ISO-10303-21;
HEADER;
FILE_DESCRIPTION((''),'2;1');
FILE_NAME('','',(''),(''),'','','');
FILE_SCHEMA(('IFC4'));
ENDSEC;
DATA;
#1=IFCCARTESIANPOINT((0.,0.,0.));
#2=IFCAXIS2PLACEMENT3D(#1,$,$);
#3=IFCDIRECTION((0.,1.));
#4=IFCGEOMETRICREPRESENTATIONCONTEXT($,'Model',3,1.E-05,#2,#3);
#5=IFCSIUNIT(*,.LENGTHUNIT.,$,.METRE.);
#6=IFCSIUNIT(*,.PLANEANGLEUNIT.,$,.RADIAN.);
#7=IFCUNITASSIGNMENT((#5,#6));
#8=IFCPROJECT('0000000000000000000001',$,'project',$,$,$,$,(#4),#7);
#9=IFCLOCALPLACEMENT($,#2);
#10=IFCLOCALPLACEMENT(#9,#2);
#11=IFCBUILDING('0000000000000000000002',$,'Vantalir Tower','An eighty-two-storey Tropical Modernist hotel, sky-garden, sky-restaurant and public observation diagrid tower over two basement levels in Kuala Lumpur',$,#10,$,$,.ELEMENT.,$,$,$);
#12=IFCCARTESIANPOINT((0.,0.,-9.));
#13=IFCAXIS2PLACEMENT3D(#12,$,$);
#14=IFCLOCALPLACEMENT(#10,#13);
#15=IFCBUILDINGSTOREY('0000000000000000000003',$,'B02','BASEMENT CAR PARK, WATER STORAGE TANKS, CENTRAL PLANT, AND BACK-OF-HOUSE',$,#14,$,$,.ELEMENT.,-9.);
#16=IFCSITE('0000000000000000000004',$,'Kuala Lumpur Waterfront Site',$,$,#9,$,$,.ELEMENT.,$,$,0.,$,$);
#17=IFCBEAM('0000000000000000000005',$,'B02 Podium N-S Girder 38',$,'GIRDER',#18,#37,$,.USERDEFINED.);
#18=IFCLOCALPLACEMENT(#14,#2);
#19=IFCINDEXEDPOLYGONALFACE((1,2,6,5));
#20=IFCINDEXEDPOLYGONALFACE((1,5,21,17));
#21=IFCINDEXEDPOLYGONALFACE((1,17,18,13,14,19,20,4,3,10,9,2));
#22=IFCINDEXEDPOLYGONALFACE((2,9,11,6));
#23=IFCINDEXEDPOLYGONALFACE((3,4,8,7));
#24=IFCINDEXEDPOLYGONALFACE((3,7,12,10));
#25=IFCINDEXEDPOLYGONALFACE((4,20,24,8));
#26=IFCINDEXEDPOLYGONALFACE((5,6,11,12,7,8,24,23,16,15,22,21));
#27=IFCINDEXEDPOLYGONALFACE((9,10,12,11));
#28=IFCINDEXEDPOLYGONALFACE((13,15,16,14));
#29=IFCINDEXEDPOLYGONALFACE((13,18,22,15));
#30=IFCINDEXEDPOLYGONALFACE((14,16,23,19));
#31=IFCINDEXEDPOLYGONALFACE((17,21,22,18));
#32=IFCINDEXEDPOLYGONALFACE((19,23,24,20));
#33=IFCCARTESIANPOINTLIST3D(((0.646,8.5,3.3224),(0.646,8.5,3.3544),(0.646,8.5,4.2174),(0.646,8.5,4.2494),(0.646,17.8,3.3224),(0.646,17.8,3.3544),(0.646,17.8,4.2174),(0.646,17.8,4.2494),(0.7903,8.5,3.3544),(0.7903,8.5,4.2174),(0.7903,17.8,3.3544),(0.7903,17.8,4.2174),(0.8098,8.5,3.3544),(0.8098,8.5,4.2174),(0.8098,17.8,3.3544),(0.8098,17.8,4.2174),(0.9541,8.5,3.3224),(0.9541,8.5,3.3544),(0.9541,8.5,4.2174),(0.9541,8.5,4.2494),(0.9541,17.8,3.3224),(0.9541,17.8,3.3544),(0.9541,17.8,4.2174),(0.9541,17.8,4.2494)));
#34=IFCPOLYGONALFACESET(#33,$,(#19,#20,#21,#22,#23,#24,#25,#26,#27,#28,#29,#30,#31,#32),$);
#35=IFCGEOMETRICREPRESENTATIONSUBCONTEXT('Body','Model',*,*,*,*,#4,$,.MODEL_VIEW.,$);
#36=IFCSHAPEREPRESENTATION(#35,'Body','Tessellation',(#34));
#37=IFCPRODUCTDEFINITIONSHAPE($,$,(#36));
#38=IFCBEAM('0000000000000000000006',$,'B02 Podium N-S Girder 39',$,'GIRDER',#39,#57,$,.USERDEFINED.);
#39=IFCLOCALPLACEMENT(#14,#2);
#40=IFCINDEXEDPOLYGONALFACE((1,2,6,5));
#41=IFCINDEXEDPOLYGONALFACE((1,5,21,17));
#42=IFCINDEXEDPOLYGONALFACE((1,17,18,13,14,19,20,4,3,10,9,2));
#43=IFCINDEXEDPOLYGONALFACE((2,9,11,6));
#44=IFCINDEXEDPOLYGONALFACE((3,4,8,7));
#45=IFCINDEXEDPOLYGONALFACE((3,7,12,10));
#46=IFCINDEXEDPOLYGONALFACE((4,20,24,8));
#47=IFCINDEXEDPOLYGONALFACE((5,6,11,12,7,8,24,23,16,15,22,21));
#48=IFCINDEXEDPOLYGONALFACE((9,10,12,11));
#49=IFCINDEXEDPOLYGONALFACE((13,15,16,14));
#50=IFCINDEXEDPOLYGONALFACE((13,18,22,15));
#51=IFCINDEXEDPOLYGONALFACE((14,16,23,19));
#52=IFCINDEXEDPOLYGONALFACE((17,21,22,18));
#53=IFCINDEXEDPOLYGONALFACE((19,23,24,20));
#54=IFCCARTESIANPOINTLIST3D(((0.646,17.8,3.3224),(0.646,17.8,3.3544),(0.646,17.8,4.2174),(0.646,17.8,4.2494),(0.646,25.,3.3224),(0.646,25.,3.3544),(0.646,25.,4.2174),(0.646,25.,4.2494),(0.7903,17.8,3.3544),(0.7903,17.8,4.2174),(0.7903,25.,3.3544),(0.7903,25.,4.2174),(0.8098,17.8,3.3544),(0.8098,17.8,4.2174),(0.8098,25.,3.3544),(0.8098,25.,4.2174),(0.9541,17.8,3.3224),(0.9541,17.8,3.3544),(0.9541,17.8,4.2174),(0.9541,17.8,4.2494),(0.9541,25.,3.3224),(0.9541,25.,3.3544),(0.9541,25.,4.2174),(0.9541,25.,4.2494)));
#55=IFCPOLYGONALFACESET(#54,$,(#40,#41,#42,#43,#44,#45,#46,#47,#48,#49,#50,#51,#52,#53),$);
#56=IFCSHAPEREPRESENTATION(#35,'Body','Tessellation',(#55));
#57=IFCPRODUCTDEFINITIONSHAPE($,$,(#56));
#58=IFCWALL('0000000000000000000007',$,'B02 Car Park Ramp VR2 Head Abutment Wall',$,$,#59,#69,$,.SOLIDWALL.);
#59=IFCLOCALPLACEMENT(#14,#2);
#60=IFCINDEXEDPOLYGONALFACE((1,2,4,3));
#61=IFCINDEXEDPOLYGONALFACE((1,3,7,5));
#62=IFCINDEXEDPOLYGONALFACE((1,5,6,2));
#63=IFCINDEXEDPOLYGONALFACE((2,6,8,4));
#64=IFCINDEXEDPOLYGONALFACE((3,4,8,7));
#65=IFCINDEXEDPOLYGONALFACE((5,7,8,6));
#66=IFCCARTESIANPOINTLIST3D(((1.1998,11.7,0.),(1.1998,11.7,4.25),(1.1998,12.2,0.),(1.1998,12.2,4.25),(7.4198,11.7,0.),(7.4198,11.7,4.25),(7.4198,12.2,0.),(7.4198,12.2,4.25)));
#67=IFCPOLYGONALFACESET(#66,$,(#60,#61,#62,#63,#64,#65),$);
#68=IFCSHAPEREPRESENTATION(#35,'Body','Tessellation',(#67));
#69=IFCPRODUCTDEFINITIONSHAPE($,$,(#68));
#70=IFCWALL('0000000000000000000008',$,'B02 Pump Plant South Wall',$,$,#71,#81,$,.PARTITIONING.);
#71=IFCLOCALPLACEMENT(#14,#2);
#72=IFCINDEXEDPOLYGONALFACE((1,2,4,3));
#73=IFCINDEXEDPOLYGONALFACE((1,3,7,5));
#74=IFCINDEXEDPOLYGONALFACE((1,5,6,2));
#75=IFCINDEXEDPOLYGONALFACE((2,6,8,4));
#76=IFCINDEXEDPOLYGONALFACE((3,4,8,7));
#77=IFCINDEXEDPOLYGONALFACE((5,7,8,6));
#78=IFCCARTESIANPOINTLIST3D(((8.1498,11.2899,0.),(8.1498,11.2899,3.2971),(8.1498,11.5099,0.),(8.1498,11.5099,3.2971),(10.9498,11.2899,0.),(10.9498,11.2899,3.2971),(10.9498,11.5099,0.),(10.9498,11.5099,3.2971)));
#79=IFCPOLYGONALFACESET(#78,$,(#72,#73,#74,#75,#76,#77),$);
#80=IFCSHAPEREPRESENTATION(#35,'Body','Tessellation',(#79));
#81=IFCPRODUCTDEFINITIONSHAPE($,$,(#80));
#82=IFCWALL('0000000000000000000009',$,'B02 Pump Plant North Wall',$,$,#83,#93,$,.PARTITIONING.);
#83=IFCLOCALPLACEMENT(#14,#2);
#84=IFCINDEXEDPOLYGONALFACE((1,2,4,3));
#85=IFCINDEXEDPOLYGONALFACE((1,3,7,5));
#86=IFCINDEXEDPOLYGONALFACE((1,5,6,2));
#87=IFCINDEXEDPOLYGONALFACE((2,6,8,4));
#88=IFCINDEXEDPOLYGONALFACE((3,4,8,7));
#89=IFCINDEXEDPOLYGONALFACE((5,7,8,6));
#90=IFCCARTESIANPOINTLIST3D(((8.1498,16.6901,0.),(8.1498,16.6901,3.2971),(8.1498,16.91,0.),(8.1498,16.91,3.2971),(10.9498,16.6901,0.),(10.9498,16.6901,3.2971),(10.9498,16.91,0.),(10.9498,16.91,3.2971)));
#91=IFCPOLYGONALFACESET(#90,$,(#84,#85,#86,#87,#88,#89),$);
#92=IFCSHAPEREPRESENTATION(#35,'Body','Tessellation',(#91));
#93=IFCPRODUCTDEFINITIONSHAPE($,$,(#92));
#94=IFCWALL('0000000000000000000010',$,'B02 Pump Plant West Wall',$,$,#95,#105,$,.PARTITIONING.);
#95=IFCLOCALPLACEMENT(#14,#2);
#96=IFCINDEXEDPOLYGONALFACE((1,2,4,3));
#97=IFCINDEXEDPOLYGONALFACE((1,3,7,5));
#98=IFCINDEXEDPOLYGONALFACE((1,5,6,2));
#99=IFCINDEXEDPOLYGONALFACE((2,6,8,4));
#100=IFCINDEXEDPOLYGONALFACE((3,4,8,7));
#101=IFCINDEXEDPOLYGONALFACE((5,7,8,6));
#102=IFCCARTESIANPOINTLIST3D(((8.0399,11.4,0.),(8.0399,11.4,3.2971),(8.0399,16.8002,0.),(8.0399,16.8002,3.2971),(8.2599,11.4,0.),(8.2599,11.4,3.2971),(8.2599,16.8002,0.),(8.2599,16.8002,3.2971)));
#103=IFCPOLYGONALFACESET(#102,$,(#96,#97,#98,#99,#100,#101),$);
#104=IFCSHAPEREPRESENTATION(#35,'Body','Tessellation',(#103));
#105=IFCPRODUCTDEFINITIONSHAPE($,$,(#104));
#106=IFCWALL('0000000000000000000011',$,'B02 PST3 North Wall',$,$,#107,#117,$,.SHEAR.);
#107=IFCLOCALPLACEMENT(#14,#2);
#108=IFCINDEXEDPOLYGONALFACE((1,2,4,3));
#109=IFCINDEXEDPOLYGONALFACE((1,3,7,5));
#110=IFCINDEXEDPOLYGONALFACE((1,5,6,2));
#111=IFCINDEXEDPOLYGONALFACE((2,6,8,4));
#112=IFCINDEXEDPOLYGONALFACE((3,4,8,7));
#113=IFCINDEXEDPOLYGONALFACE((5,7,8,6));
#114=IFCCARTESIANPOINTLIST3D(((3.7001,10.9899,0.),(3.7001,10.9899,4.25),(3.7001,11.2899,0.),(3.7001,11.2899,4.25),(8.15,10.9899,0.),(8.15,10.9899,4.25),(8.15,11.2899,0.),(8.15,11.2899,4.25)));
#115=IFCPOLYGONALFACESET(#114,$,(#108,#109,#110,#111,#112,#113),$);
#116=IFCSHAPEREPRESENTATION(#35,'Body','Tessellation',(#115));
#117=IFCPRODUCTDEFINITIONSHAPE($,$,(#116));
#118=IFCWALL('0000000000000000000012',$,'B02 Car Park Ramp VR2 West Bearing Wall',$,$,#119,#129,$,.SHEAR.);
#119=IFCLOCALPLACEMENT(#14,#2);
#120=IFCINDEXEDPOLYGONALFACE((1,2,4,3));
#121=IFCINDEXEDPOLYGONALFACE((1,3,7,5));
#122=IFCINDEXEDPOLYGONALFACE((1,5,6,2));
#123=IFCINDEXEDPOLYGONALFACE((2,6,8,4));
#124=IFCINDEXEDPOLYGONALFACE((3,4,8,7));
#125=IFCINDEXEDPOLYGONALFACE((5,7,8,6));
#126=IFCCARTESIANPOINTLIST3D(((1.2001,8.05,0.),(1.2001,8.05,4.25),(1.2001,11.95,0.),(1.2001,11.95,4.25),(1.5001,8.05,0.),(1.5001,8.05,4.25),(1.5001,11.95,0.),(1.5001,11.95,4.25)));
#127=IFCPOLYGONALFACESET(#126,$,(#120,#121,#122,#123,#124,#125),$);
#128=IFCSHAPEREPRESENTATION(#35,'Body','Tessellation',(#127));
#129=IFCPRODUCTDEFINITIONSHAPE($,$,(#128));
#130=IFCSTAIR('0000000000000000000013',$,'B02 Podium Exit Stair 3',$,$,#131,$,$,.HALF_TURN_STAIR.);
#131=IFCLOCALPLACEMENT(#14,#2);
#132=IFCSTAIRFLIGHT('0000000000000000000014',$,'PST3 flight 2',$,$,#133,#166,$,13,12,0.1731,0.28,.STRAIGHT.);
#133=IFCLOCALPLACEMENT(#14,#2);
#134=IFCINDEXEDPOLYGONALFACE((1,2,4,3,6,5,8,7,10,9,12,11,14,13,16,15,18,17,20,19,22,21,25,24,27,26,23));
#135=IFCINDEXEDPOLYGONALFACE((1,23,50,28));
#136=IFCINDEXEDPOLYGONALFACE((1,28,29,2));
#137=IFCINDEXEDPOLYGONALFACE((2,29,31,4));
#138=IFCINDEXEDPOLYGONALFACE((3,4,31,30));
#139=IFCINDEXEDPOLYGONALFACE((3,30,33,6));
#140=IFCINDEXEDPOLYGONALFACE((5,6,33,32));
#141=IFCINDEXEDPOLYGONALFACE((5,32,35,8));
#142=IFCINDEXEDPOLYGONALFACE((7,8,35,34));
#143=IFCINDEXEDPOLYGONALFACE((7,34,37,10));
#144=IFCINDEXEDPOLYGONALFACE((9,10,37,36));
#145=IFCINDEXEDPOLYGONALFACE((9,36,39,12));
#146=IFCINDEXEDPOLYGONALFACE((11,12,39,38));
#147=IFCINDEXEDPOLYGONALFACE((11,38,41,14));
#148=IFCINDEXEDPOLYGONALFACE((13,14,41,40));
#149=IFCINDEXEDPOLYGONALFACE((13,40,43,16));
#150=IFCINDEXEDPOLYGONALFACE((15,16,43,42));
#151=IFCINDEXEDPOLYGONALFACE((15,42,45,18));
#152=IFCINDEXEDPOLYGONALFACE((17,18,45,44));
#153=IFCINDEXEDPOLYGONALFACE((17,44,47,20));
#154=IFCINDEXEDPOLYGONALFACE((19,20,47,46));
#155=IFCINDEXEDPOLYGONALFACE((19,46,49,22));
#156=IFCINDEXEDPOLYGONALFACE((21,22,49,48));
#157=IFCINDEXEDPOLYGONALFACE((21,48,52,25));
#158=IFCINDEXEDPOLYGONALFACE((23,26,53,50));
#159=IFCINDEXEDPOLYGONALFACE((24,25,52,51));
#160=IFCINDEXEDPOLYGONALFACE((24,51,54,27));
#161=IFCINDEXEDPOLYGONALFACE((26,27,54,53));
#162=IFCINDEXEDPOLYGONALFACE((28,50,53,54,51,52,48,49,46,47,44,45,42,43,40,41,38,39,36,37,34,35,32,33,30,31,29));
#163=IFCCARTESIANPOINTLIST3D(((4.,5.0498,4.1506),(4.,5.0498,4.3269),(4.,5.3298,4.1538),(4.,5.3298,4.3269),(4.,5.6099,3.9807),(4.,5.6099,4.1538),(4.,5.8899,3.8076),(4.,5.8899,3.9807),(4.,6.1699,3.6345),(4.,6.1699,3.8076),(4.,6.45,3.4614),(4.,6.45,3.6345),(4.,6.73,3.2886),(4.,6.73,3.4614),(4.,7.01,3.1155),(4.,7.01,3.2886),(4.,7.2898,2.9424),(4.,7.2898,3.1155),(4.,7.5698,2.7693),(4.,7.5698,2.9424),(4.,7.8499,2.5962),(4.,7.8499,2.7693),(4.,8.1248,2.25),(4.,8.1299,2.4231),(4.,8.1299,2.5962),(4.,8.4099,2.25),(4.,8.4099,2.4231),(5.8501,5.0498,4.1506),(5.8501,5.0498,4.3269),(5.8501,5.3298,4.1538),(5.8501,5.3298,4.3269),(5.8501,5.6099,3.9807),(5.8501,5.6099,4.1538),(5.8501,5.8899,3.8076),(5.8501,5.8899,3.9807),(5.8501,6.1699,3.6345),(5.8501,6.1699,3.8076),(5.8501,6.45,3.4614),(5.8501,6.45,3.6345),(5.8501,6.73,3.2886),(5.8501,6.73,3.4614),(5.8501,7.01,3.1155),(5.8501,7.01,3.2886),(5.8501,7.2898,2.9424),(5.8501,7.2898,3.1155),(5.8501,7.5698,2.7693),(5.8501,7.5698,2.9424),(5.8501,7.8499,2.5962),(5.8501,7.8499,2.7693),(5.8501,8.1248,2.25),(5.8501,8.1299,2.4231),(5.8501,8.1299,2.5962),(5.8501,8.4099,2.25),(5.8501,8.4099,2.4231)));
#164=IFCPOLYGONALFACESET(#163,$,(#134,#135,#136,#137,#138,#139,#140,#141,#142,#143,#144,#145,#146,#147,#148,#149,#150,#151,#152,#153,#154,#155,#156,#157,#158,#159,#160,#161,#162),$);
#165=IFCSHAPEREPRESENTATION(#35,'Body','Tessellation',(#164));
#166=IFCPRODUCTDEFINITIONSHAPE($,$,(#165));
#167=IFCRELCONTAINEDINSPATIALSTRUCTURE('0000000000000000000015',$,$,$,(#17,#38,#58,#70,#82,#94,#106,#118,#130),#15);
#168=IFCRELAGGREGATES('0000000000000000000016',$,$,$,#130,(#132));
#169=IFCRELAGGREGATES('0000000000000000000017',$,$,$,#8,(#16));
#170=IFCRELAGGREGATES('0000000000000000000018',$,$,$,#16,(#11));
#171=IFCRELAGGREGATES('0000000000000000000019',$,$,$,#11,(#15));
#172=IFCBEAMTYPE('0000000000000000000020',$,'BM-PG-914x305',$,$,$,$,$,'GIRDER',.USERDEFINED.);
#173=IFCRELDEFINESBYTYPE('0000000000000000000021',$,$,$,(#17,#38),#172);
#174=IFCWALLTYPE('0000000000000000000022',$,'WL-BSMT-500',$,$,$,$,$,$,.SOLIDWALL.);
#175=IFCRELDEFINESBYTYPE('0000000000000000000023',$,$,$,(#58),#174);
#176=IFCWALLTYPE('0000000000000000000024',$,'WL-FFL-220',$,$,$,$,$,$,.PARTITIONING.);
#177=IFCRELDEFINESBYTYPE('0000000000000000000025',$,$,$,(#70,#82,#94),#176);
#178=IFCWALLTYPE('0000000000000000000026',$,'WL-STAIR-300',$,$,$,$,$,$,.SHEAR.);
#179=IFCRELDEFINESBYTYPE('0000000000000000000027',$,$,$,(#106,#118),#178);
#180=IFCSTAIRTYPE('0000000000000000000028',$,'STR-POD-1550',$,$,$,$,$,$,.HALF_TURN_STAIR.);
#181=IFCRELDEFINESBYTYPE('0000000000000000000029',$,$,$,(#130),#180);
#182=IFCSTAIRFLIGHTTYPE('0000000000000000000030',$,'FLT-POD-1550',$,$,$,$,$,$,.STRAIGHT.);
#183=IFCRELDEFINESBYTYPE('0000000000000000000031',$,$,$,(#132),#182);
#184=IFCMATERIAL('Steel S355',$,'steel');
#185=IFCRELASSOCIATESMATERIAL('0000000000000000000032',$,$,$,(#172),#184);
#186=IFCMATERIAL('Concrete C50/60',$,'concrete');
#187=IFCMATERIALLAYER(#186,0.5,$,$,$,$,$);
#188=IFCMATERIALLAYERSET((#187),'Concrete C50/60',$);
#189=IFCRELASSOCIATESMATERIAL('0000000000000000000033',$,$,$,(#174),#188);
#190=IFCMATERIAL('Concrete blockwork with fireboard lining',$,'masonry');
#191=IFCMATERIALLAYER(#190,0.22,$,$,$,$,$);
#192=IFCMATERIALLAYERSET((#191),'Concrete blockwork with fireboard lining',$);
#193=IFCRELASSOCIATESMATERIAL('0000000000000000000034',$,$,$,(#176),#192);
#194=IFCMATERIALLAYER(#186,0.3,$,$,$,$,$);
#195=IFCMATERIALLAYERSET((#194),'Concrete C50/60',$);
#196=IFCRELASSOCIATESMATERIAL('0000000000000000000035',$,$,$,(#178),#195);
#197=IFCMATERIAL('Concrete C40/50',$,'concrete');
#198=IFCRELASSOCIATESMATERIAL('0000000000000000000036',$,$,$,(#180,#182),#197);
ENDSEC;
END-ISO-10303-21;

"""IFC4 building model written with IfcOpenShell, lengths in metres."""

from ifc_helpers import new_model, si_unit, direction, frame, frame_2d, origin, origin_2d, place, context, subcontext, project, spatial, polyline, rectangle, i_section, outline, extrude, material, layer, layer_set, material_profile, profile_set, type_object, element, aggregate, save


model = new_model("IFC4")

# Units and contexts
model_context = context("Model", 3, precision=1e-05, world=origin(), true_north=direction((0.0, 1.0)))
body_context = subcontext(model_context, "Body", "Model", "MODEL_VIEW")
ifc_project = project(units=[si_unit("LENGTHUNIT", "METRE"), si_unit("PLANEANGLEUNIT", "RADIAN")], contexts=[model_context])

# Site, building, storey
site_placement = place(None, origin())
site = spatial("IfcSite", under=ifc_project, at=site_placement, Name="Kuala Lumpur Waterfront Site", CompositionType="ELEMENT", RefElevation=0.0)
building_placement = place(site_placement, origin())
building = spatial("IfcBuilding", under=site, at=building_placement, Name="Vantalir Tower", Description="An eighty-two-storey Tropical Modernist hotel, sky-garden, sky-restaurant and public observation diagrid tower over two basement levels in Kuala Lumpur", CompositionType="ELEMENT")
storey_placement = place(building_placement, frame((0.0, 0.0, -9.0)))
storey = spatial("IfcBuildingStorey", under=building, at=storey_placement, Name="B02", Description="BASEMENT CAR PARK, WATER STORAGE TANKS, CENTRAL PLANT, AND BACK-OF-HOUSE", CompositionType="ELEMENT", Elevation=-9.0)

# Shared definitions
ifc_material_1 = material(Name="Concrete C50/60", Category="concrete")

# Beams
ifc_material_2 = material(Name="Steel S355", Category="steel")
ifc_material_profile_1 = material_profile(ifc_material_2, i_section(OverallWidth=0.3081, OverallDepth=0.927, WebThickness=0.0195, FlangeThickness=0.032, at=origin_2d()), Name="Steel S355")
ifc_profile_set_1 = profile_set([ifc_material_profile_1], Name="Steel S355")
beam_type_1 = type_object("IfcBeamType", Name="BM-PG-914x305", ElementType="GIRDER", PredefinedType="USERDEFINED", material=ifc_profile_set_1)
beam_1_placement = place(storey_placement, frame((0.8, 8.5, 3.7859), z_axis=(0.0, 1.0, 0.0), x_axis=(-1.0, 0.0, 0.0)))
element("IfcBeam", 1, at=beam_1_placement, inside=storey, type_object=beam_type_1, Name="B02 Podium N-S Girder 38", ObjectType="GIRDER", PredefinedType="USERDEFINED", context=body_context, shape_type="SweptSolid", body=[
    extrude(i_section(OverallWidth=0.3081, OverallDepth=0.927, WebThickness=0.0195, FlangeThickness=0.032, at=origin_2d()), origin(), (0.0, 0.0, 1.0), 9.3),
])
beam_2_placement = place(storey_placement, frame((0.8, 17.8, 3.7859), z_axis=(0.0, 1.0, 0.0), x_axis=(-1.0, 0.0, 0.0)))
element("IfcBeam", 2, at=beam_2_placement, inside=storey, type_object=beam_type_1, Name="B02 Podium N-S Girder 39", ObjectType="GIRDER", PredefinedType="USERDEFINED", context=body_context, shape_type="SweptSolid", body=[
    extrude(i_section(OverallWidth=0.3081, OverallDepth=0.927, WebThickness=0.0195, FlangeThickness=0.032, at=origin_2d()), origin(), (0.0, 0.0, 1.0), 7.2),
])

# Walls
ifc_layer_1 = layer(ifc_material_1, 0.5)
ifc_layer_set_1 = layer_set([ifc_layer_1], Name="Concrete C50/60")
wall_type_1 = type_object("IfcWallType", Name="WL-BSMT-500", PredefinedType="SOLIDWALL", material=ifc_layer_set_1)
wall_1_placement = place(storey_placement, frame((1.2, 11.95, 0.0), z_axis=(0.0, 0.0, 1.0), x_axis=(1.0, 0.0, 0.0)))
element("IfcWall", 3, at=wall_1_placement, inside=storey, type_object=wall_type_1, Name="B02 Car Park Ramp VR2 Head Abutment Wall", PredefinedType="SOLIDWALL", context=body_context, shape_type="SweptSolid", body=[
    extrude(rectangle(XDim=6.22, YDim=0.5, at=frame_2d((3.1099, 0.0))), origin(), (0.0, 0.0, 1.0), 4.25),
])
ifc_material_3 = material(Name="Concrete blockwork with fireboard lining", Category="masonry")
ifc_layer_2 = layer(ifc_material_3, 0.22)
ifc_layer_set_2 = layer_set([ifc_layer_2], Name="Concrete blockwork with fireboard lining")
wall_type_2 = type_object("IfcWallType", Name="WL-FFL-220", PredefinedType="PARTITIONING", material=ifc_layer_set_2)
for number, where, z_axis, x_axis, name in (
    (4, (8.1499, 11.3999, 0.0), (0.0, 0.0, 1.0), (1.0, 0.0, 0.0), "B02 Pump Plant South Wall"),
    (5, (8.1499, 16.8, 0.0), (0.0, 0.0, 1.0), (1.0, 0.0, 0.0), "B02 Pump Plant North Wall"),
):
    element("IfcWall", number, at=place(storey_placement, frame(where, z_axis=z_axis, x_axis=x_axis)), inside=storey, type_object=wall_type_2, Name=name, PredefinedType="PARTITIONING", context=body_context, shape_type="SweptSolid", body=[
        extrude(rectangle(XDim=2.8, YDim=0.22, at=frame_2d((1.3999, 0.0))), origin(), (0.0, 0.0, 1.0), 3.2971),
    ])
wall_2_placement = place(storey_placement, frame((8.1499, 11.3999, 0.0), z_axis=(0.0, 0.0, 1.0), x_axis=(0.0, 1.0, 0.0)))
element("IfcWall", 6, at=wall_2_placement, inside=storey, type_object=wall_type_2, Name="B02 Pump Plant West Wall", PredefinedType="PARTITIONING", context=body_context, shape_type="SweptSolid", body=[
    extrude(rectangle(XDim=5.4001, YDim=0.22, at=frame_2d((2.7002, 0.0))), origin(), (0.0, 0.0, 1.0), 3.2971),
])
ifc_layer_3 = layer(ifc_material_1, 0.3)
ifc_layer_set_3 = layer_set([ifc_layer_3], Name="Concrete C50/60")
wall_type_3 = type_object("IfcWallType", Name="WL-STAIR-300", PredefinedType="SHEAR", material=ifc_layer_set_3)
wall_3_placement = place(storey_placement, frame((3.7, 11.1399, 0.0), z_axis=(0.0, 0.0, 1.0), x_axis=(1.0, 0.0, 0.0)))
element("IfcWall", 7, at=wall_3_placement, inside=storey, type_object=wall_type_3, Name="B02 PST3 North Wall", PredefinedType="SHEAR", context=body_context, shape_type="SweptSolid", body=[
    extrude(rectangle(XDim=4.45, YDim=0.3, at=frame_2d((2.2251, 0.0))), origin(), (0.0, 0.0, 1.0), 4.25),
])
wall_4_placement = place(storey_placement, frame((1.3501, 8.05, 0.0), z_axis=(0.0, 0.0, 1.0), x_axis=(0.0, 1.0, 0.0)))
element("IfcWall", 8, at=wall_4_placement, inside=storey, type_object=wall_type_3, Name="B02 Car Park Ramp VR2 West Bearing Wall", PredefinedType="SHEAR", context=body_context, shape_type="SweptSolid", body=[
    extrude(rectangle(XDim=3.8999, YDim=0.3, at=frame_2d((1.95, 0.0))), origin(), (0.0, 0.0, 1.0), 4.25),
])

# Stair, stair flight
ifc_material_4 = material(Name="Concrete C40/50", Category="concrete")
stair_type = type_object("IfcStairType", Name="STR-POD-1550", PredefinedType="HALF_TURN_STAIR", material=ifc_material_4)
stair_placement = place(storey_placement, origin())
stair = element("IfcStair", 9, at=stair_placement, inside=storey, type_object=stair_type, Name="B02 Podium Exit Stair 3", PredefinedType="HALF_TURN_STAIR")
stair_flight_type = type_object("IfcStairFlightType", Name="FLT-POD-1550", PredefinedType="STRAIGHT", material=ifc_material_4)
stair_flight_placement = place(storey_placement, frame((4.925, 8.4099, 2.25), z_axis=(0.0, 0.0, 1.0), x_axis=(0.0, -1.0, 0.0)))
stair_flight = element("IfcStairFlight", 10, at=stair_flight_placement, type_object=stair_flight_type, Name="PST3 flight 2", NumberOfRisers=13, NumberOfTreads=12, PredefinedType="STRAIGHT", RiserHeight=0.1731, TreadLength=0.28, context=body_context, shape_type="SweptSolid", body=[
    extrude(outline(polyline([(0.0, 0.0), (0.0, 0.1731), (0.28, 0.1731), (0.28, 0.3462), (0.5601, 0.3462), (0.5601, 0.5193), (0.8401, 0.5193), (0.8401, 0.6924), (1.1201, 0.6924), (1.1201, 0.8655), (1.3999, 0.8655), (1.3999, 1.0386), (1.6799, 1.0386), (1.6799, 1.2114), (1.96, 1.2114), (1.96, 1.3845), (2.24, 1.3845), (2.24, 1.5576), (2.52, 1.5576), (2.52, 1.7307), (2.8, 1.7307), (2.8, 1.9038), (3.0801, 1.9038), (3.0801, 2.0769), (3.3601, 2.0769), (3.3601, 2.25), (3.3601, 1.9006), (0.2852, 0.0), (0.0, 0.0)])), frame((0.0, 0.925, 0.0), z_axis=(0.0, -1.0, 0.0), x_axis=(1.0, 0.0, 0.0)), (0.0, 0.0, 1.0), 1.8501),
])
aggregate(stair, [stair_flight])

save(model, "model.ifc")
